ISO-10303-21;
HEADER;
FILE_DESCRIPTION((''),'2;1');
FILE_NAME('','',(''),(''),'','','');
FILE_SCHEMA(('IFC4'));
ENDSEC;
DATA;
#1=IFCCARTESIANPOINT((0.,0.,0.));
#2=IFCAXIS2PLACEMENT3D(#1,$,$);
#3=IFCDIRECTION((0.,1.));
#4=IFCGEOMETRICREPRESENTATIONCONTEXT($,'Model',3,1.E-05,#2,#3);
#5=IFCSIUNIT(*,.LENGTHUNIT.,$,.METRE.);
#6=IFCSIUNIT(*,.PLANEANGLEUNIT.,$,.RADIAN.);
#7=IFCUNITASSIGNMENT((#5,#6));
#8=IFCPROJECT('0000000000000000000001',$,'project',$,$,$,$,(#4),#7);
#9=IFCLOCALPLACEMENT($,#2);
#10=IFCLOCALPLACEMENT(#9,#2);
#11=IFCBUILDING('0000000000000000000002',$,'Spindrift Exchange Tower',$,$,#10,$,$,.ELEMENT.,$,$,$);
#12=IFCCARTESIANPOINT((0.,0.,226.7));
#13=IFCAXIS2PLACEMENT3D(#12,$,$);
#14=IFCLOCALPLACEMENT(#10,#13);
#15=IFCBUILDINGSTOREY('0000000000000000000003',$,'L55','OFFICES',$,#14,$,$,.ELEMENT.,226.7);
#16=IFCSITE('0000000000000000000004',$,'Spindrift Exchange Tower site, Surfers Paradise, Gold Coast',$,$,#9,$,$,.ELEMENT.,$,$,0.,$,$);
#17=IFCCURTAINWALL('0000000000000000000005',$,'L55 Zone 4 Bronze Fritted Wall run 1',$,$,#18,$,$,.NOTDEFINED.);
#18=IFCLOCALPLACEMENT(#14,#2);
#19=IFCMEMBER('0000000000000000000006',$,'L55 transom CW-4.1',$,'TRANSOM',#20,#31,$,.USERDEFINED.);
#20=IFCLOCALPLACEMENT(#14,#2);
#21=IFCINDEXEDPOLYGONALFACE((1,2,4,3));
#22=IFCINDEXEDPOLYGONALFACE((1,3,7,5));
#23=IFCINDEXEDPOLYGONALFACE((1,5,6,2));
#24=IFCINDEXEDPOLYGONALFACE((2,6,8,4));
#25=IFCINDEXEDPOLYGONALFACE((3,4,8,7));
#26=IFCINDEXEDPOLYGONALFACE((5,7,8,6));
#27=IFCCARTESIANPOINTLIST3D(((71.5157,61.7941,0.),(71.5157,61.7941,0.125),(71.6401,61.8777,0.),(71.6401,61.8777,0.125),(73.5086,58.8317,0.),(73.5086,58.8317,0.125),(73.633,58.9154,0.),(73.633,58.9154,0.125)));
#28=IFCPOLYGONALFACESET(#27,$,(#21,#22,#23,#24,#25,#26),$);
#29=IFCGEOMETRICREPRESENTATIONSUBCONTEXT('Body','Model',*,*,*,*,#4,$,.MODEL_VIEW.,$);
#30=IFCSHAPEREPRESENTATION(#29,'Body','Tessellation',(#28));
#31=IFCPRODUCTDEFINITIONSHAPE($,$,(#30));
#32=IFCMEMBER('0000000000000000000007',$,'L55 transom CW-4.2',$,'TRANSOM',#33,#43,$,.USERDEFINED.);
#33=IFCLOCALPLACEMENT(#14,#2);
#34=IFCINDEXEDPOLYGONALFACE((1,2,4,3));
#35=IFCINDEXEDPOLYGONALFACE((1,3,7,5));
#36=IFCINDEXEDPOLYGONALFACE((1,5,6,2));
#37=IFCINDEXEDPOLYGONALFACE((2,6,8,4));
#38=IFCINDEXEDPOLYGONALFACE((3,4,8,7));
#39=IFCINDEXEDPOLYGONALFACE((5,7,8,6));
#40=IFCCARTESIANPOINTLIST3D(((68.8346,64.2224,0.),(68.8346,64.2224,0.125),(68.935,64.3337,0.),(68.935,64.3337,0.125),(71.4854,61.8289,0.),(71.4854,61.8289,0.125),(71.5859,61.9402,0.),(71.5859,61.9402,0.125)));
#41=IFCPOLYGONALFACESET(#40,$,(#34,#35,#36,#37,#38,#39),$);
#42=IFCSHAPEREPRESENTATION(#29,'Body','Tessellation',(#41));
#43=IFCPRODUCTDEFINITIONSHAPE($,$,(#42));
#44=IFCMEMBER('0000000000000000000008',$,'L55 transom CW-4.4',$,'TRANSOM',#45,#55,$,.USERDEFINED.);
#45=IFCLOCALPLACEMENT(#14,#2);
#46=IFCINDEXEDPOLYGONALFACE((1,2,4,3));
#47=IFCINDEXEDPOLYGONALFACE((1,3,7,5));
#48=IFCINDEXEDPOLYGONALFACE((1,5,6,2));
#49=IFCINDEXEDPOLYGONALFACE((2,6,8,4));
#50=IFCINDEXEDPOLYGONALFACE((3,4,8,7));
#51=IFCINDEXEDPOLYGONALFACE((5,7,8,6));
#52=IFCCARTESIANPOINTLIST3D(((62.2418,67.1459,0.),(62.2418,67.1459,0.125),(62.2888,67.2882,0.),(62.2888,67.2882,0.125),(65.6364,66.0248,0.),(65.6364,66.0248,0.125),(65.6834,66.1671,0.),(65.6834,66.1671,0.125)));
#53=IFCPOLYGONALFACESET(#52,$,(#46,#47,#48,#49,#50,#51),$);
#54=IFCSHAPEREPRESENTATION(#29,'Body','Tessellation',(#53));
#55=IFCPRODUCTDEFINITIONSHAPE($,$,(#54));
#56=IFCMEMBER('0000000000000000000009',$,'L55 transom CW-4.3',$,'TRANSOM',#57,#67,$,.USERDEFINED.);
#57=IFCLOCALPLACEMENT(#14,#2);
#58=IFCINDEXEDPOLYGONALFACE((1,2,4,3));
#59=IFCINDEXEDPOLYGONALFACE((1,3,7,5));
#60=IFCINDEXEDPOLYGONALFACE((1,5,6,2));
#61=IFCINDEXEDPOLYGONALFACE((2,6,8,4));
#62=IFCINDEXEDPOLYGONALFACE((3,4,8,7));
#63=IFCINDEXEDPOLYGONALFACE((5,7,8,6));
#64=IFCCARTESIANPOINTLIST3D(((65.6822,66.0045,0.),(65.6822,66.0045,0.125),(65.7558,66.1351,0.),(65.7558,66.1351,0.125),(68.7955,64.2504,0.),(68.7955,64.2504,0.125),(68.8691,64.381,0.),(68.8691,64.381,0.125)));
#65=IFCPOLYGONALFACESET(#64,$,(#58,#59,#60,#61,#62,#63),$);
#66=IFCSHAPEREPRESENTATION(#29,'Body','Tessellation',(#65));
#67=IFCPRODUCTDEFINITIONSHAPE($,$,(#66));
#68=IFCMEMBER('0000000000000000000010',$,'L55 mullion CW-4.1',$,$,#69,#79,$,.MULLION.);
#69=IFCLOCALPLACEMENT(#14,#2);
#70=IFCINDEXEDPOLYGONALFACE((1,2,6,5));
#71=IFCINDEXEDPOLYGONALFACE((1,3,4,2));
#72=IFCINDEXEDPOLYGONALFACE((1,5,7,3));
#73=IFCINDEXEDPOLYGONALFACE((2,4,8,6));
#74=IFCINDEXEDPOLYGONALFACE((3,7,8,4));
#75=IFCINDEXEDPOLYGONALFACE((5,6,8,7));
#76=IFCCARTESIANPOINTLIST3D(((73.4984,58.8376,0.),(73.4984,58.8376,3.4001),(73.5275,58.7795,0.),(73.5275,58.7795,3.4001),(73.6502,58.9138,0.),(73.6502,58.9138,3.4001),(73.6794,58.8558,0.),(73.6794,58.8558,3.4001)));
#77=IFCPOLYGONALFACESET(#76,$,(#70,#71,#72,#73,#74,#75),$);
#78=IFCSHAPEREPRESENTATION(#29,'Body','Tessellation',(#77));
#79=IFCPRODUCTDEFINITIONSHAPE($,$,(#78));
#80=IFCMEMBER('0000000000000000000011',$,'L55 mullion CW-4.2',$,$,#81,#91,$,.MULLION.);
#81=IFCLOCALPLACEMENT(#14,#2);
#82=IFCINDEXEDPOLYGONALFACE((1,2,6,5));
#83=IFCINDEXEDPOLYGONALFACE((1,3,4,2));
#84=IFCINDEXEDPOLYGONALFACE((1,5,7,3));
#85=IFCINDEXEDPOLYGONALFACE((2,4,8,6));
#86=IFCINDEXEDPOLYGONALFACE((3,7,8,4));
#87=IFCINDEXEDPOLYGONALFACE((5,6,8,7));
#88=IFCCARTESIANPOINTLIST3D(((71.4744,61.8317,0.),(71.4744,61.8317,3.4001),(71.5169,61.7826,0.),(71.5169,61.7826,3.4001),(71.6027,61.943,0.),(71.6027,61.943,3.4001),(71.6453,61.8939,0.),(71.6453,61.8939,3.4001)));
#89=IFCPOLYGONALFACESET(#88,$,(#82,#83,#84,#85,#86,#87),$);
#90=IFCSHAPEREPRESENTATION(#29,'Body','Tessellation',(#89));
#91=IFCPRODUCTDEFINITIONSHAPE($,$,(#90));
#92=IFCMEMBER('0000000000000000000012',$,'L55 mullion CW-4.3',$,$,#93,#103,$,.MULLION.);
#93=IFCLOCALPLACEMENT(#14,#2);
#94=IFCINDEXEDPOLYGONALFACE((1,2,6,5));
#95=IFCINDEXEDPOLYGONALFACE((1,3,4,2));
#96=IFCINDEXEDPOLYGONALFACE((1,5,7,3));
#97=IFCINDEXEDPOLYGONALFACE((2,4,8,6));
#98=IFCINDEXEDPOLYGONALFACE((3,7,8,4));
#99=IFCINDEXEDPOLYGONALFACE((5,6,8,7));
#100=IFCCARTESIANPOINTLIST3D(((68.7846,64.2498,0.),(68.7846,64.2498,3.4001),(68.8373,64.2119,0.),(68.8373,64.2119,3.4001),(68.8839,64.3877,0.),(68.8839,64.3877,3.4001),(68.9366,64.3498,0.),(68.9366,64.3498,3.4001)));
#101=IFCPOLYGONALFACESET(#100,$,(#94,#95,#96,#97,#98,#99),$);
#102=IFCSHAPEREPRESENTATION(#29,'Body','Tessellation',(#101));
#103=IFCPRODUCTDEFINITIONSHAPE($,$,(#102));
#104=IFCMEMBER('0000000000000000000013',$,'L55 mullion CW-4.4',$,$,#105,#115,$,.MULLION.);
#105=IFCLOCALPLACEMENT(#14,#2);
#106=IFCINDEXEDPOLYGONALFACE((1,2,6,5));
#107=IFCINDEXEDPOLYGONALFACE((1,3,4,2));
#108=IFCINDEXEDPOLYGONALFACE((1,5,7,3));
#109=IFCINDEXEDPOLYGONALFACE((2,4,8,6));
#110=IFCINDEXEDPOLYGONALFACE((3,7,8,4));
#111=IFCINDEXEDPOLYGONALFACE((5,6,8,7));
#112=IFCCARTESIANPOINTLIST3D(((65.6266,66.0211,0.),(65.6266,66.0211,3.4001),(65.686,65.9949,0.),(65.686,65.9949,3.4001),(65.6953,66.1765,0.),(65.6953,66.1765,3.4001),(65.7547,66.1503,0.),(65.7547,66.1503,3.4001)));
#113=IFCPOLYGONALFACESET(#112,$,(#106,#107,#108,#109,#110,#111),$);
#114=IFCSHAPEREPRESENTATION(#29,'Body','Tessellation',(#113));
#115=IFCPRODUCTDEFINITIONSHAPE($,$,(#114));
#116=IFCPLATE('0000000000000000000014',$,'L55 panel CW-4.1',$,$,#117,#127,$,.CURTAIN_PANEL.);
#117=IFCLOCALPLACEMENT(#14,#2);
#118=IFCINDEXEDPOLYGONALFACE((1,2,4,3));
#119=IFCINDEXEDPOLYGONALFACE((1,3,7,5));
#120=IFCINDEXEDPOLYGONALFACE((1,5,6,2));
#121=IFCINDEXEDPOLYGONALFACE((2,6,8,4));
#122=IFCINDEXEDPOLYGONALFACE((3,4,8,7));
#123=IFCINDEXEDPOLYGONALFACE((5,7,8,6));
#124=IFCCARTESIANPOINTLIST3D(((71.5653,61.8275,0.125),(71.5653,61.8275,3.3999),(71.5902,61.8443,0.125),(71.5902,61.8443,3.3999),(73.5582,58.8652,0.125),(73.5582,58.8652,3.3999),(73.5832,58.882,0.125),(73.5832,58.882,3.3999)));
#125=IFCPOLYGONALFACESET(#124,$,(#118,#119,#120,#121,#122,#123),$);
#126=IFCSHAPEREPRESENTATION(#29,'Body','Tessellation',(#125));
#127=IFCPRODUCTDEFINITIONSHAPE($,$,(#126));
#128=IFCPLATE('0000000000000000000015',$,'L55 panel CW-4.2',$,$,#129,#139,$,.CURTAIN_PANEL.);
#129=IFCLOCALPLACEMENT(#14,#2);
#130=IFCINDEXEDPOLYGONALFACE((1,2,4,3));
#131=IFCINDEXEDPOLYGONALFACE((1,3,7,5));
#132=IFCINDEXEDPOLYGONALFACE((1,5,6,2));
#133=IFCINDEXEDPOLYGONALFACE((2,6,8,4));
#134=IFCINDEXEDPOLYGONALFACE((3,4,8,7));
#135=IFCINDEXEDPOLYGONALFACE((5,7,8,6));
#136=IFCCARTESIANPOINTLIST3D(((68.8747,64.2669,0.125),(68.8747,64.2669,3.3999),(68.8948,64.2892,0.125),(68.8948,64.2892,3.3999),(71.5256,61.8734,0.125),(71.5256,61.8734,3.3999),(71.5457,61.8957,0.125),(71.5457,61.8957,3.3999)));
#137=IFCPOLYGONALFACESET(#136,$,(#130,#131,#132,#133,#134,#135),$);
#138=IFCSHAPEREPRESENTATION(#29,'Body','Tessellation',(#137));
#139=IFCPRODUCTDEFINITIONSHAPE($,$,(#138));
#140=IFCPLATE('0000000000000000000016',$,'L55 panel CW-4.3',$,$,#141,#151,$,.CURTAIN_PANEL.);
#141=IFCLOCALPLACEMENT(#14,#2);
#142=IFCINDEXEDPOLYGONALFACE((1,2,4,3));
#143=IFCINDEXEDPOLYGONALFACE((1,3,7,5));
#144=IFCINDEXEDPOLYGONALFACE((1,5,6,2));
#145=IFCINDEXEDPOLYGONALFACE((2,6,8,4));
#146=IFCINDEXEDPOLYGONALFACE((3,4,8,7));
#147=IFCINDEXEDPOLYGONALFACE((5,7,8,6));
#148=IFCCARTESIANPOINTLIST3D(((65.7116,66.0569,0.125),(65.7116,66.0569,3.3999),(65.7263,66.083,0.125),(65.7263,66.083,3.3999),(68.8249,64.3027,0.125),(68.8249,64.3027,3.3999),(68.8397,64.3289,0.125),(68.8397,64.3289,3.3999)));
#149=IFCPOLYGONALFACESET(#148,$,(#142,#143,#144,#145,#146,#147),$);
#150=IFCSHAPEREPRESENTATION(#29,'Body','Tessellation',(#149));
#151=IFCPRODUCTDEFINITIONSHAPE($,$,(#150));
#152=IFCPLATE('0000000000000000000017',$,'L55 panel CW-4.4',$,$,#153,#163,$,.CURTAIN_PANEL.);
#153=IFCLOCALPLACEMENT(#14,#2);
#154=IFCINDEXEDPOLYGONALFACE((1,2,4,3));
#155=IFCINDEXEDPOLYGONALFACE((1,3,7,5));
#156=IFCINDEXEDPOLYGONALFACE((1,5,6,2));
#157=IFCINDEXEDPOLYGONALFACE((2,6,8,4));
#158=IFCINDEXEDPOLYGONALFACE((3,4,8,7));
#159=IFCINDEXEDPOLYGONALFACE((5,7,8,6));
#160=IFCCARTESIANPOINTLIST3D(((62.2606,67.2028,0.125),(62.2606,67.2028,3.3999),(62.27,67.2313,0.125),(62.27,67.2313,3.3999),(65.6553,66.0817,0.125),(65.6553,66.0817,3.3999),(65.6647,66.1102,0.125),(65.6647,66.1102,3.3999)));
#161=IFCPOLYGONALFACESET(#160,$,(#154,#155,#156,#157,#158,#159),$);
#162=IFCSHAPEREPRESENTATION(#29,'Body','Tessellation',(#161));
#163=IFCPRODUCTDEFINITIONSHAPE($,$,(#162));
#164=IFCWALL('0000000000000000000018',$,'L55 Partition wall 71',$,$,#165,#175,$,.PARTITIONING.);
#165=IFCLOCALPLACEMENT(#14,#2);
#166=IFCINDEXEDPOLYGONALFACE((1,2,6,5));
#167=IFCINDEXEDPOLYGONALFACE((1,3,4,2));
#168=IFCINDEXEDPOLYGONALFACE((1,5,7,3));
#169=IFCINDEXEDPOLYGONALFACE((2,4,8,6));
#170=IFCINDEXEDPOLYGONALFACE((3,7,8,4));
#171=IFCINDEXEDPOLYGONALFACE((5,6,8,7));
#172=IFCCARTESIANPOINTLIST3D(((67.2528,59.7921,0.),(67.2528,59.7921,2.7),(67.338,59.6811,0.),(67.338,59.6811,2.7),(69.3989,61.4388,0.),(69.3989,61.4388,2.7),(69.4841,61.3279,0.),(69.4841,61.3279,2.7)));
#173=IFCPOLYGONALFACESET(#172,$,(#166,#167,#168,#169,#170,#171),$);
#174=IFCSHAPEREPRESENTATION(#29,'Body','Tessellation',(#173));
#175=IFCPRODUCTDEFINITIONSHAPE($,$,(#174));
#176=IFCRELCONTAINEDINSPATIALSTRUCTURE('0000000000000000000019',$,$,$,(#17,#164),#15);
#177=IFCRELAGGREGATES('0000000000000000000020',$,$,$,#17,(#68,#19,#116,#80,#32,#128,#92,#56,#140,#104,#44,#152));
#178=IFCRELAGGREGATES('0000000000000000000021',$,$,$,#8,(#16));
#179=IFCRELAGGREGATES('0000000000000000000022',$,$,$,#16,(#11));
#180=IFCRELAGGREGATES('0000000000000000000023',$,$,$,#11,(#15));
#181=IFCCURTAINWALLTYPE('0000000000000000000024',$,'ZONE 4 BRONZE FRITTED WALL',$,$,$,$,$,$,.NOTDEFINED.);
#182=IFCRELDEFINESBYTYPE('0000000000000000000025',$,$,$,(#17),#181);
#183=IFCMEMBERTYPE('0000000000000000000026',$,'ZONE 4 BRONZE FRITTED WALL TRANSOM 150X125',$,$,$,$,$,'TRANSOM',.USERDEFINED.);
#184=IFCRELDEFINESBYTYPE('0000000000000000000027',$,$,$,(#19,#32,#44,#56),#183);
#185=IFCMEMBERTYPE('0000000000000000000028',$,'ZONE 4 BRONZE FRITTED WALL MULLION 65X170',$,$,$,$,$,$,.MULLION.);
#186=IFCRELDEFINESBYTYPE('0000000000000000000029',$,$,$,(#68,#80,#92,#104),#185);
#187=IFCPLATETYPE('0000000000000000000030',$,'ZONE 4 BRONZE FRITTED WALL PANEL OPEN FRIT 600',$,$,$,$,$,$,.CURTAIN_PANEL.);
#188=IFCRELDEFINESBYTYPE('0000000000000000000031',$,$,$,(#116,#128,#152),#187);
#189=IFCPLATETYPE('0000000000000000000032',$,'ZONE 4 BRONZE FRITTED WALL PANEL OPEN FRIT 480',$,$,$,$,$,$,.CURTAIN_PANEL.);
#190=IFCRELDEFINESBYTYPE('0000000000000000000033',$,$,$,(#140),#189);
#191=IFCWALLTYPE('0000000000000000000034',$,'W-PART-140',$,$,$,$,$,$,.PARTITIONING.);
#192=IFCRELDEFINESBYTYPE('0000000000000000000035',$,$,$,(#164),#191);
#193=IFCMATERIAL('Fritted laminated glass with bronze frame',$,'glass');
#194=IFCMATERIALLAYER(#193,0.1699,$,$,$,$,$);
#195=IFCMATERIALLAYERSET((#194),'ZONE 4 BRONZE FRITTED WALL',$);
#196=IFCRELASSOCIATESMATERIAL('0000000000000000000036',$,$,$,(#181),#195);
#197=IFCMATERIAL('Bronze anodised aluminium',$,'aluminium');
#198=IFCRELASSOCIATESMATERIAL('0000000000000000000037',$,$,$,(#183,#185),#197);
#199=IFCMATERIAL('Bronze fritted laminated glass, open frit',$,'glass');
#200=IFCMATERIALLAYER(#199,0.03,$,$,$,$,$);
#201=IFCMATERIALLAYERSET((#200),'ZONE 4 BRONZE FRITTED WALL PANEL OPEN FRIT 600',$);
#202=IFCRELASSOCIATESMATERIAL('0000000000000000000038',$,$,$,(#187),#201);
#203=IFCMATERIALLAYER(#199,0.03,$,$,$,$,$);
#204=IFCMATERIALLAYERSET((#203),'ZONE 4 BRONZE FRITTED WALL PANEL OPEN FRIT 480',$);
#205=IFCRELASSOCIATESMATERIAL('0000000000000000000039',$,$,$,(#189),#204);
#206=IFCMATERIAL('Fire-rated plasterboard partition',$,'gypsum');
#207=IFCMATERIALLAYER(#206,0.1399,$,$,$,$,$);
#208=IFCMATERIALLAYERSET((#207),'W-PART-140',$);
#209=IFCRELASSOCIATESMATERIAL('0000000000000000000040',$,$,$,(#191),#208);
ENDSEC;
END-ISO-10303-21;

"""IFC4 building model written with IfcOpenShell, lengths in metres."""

from ifc_helpers import new_model, si_unit, direction, frame, frame_2d, origin, origin_2d, place, context, subcontext, project, spatial, rectangle, extrude, source, transform, mapped, material, layer, layer_set, material_profile, profile_set, type_object, element, aggregate, save


model = new_model("IFC4")

# Units and contexts
model_context = context("Model", 3, precision=1e-05, world=origin(), true_north=direction((0.0, 1.0)))
body_context = subcontext(model_context, "Body", "Model", "MODEL_VIEW")
ifc_project = project(units=[si_unit("LENGTHUNIT", "METRE"), si_unit("PLANEANGLEUNIT", "RADIAN")], contexts=[model_context])

# Site, building, storey
site_placement = place(None, origin())
site = spatial("IfcSite", under=ifc_project, at=site_placement, Name="Spindrift Exchange Tower site, Surfers Paradise, Gold Coast", CompositionType="ELEMENT", RefElevation=0.0)
building_placement = place(site_placement, origin())
building = spatial("IfcBuilding", under=site, at=building_placement, Name="Spindrift Exchange Tower", CompositionType="ELEMENT")
storey_placement = place(building_placement, frame((0.0, 0.0, 226.7)))
storey = spatial("IfcBuildingStorey", under=building, at=storey_placement, Name="L55", Description="OFFICES", CompositionType="ELEMENT", Elevation=226.7)

# Curtain wall, members, plates
ifc_material_1 = material(Name="Fritted laminated glass with bronze frame", Category="glass")
ifc_layer_1 = layer(ifc_material_1, 0.1699)
ifc_layer_set_1 = layer_set([ifc_layer_1], Name="ZONE 4 BRONZE FRITTED WALL")
curtain_wall_type = type_object("IfcCurtainWallType", Name="ZONE 4 BRONZE FRITTED WALL", PredefinedType="NOTDEFINED", material=ifc_layer_set_1)
curtain_wall_placement = place(storey_placement, origin())
curtain_wall = element("IfcCurtainWall", 1, at=curtain_wall_placement, inside=storey, type_object=curtain_wall_type, Name="L55 Zone 4 Bronze Fritted Wall run 1", PredefinedType="NOTDEFINED")
ifc_material_2 = material(Name="Bronze anodised aluminium", Category="aluminium")
ifc_material_profile_1 = material_profile(ifc_material_2, rectangle(XDim=0.1499, YDim=0.125, at=origin_2d()), Name="ZONE 4 BRONZE FRITTED WALL TRANSOM 150X125")
ifc_profile_set_1 = profile_set([ifc_material_profile_1], Name="Bronze anodised aluminium")
member_type_1 = type_object("IfcMemberType", Name="ZONE 4 BRONZE FRITTED WALL TRANSOM 150X125", ElementType="TRANSOM", PredefinedType="USERDEFINED", material=ifc_profile_set_1)
shared_shape_1 = source(origin(), body_context, "Body", "SweptSolid", [
    extrude(rectangle(XDim=0.1499, YDim=0.125, at=origin_2d()), origin(), (0.0, 0.0, 1.0), 3.5703),
])
member_1_placement = place(storey_placement, frame((73.5708, 58.8735, 0.0625), z_axis=(-0.558183, 0.829718, 0.0), x_axis=(-0.829718, -0.558183, 0.0)))
member_1 = element("IfcMember", 2, at=member_1_placement, type_object=member_type_1, Name="L55 transom CW-4.1", ObjectType="TRANSOM", PredefinedType="USERDEFINED", context=body_context, shape_type="MappedRepresentation", body=[
    mapped(shared_shape_1, transform((0.0, 0.0, 0.0), scale=1.0)),
])
shared_shape_2 = source(origin(), body_context, "Body", "SweptSolid", [
    extrude(rectangle(XDim=0.1499, YDim=0.125, at=origin_2d()), origin(), (0.0, 0.0, 1.0), 3.5715),
])
member_2_placement = place(storey_placement, frame((71.5356, 61.8845, 0.0625), z_axis=(-0.742212, 0.670165, 0.0), x_axis=(-0.670165, -0.742212, 0.0)))
member_2 = element("IfcMember", 3, at=member_2_placement, type_object=member_type_1, Name="L55 transom CW-4.2", ObjectType="TRANSOM", PredefinedType="USERDEFINED", context=body_context, shape_type="MappedRepresentation", body=[
    mapped(shared_shape_2, transform((0.0, 0.0, 0.0), scale=1.0)),
])
shared_shape_3 = source(origin(), body_context, "Body", "SweptSolid", [
    extrude(rectangle(XDim=0.1499, YDim=0.125, at=origin_2d()), origin(), (0.0, 0.0, 1.0), 3.575),
])
member_3_placement = place(storey_placement, frame((65.6599, 66.0959, 0.0625), z_axis=(-0.949554, 0.313604, 0.0), x_axis=(-0.313604, -0.949554, 0.0)))
member_3 = element("IfcMember", 4, at=member_3_placement, type_object=member_type_1, Name="L55 transom CW-4.4", ObjectType="TRANSOM", PredefinedType="USERDEFINED", context=body_context, shape_type="MappedRepresentation", body=[
    mapped(shared_shape_3, transform((0.0, 0.0, 0.0), scale=1.0)),
])
shared_shape_4 = source(origin(), body_context, "Body", "SweptSolid", [
    extrude(rectangle(XDim=0.1499, YDim=0.125, at=origin_2d()), origin(), (0.0, 0.0, 1.0), 3.5735),
])
member_4_placement = place(storey_placement, frame((68.8323, 64.3157, 0.0625), z_axis=(-0.871225, 0.490884, 0.0), x_axis=(-0.490884, -0.871225, 0.0)))
member_4 = element("IfcMember", 5, at=member_4_placement, type_object=member_type_1, Name="L55 transom CW-4.3", ObjectType="TRANSOM", PredefinedType="USERDEFINED", context=body_context, shape_type="MappedRepresentation", body=[
    mapped(shared_shape_4, transform((0.0, 0.0, 0.0), scale=1.0)),
])
ifc_material_profile_2 = material_profile(ifc_material_2, rectangle(XDim=0.0649, YDim=0.1699, at=origin_2d()), Name="ZONE 4 BRONZE FRITTED WALL MULLION 65X170")
ifc_profile_set_2 = profile_set([ifc_material_profile_2], Name="Bronze anodised aluminium")
member_type_2 = type_object("IfcMemberType", Name="ZONE 4 BRONZE FRITTED WALL MULLION 65X170", PredefinedType="MULLION", material=ifc_profile_set_2)
shared_shape_5 = source(origin(), body_context, "Body", "SweptSolid", [
    extrude(rectangle(XDim=0.0649, YDim=0.1699, at=origin_2d()), origin(), (0.0, 0.0, 1.0), 3.4001),
])
member_5_placement = place(storey_placement, frame((73.5889, 58.8467, 0.0), z_axis=(0.0, 0.0, 1.0), x_axis=(-0.448931, 0.893566, 0.0)))
member_5 = element("IfcMember", 6, at=member_5_placement, type_object=member_type_2, Name="L55 mullion CW-4.1", PredefinedType="MULLION", context=body_context, shape_type="MappedRepresentation", body=[
    mapped(shared_shape_5, transform((0.0, 0.0, 0.0), scale=1.0)),
])
member_6_placement = place(storey_placement, frame((71.5598, 61.8628, 0.0), z_axis=(0.0, 0.0, 1.0), x_axis=(-0.655088, 0.755552, 0.0)))
member_6 = element("IfcMember", 7, at=member_6_placement, type_object=member_type_2, Name="L55 mullion CW-4.2", PredefinedType="MULLION", context=body_context, shape_type="MappedRepresentation", body=[
    mapped(shared_shape_5, transform((0.0, 0.0, 0.0), scale=1.0)),
])
member_7_placement = place(storey_placement, frame((68.8606, 64.2998, 0.0), z_axis=(0.0, 0.0, 1.0), x_axis=(-0.811693, 0.584084, 0.0)))
member_7 = element("IfcMember", 8, at=member_7_placement, type_object=member_type_2, Name="L55 mullion CW-4.3", PredefinedType="MULLION", context=body_context, shape_type="MappedRepresentation", body=[
    mapped(shared_shape_5, transform((0.0, 0.0, 0.0), scale=1.0)),
])
member_8_placement = place(storey_placement, frame((65.6907, 66.0857, 0.0), z_axis=(0.0, 0.0, 1.0), x_axis=(-0.914702, 0.404129, 0.0)))
member_8 = element("IfcMember", 9, at=member_8_placement, type_object=member_type_2, Name="L55 mullion CW-4.4", PredefinedType="MULLION", context=body_context, shape_type="MappedRepresentation", body=[
    mapped(shared_shape_5, transform((0.0, 0.0, 0.0), scale=1.0)),
])
ifc_material_3 = material(Name="Bronze fritted laminated glass, open frit", Category="glass")
ifc_layer_2 = layer(ifc_material_3, 0.03)
ifc_layer_set_2 = layer_set([ifc_layer_2], Name="ZONE 4 BRONZE FRITTED WALL PANEL OPEN FRIT 600")
plate_type_1 = type_object("IfcPlateType", Name="ZONE 4 BRONZE FRITTED WALL PANEL OPEN FRIT 600", PredefinedType="CURTAIN_PANEL", material=ifc_layer_set_2)
shared_shape_6 = source(origin(), body_context, "Body", "SweptSolid", [
    extrude(rectangle(XDim=3.5703, YDim=0.03, at=origin_2d()), origin(), (0.0, 0.0, 1.0), 3.2749),
])
plate_1_placement = place(storey_placement, frame((72.5742, 60.3547, 0.125), z_axis=(0.0, 0.0, 1.0), x_axis=(-0.5582, 0.829706, 0.0)))
plate_1 = element("IfcPlate", 10, at=plate_1_placement, type_object=plate_type_1, Name="L55 panel CW-4.1", PredefinedType="CURTAIN_PANEL", context=body_context, shape_type="MappedRepresentation", body=[
    mapped(shared_shape_6, transform((0.0, 0.0, 0.0), scale=1.0)),
])
shared_shape_7 = source(origin(), body_context, "Body", "SweptSolid", [
    extrude(rectangle(XDim=3.5715, YDim=0.03, at=origin_2d()), origin(), (0.0, 0.0, 1.0), 3.2749),
])
plate_2_placement = place(storey_placement, frame((70.2102, 63.0813, 0.125), z_axis=(0.0, 0.0, 1.0), x_axis=(-0.742225, 0.670151, 0.0)))
plate_2 = element("IfcPlate", 11, at=plate_2_placement, type_object=plate_type_1, Name="L55 panel CW-4.2", PredefinedType="CURTAIN_PANEL", context=body_context, shape_type="MappedRepresentation", body=[
    mapped(shared_shape_7, transform((0.0, 0.0, 0.0), scale=1.0)),
])
ifc_layer_3 = layer(ifc_material_3, 0.03)
ifc_layer_set_3 = layer_set([ifc_layer_3], Name="ZONE 4 BRONZE FRITTED WALL PANEL OPEN FRIT 480")
plate_type_2 = type_object("IfcPlateType", Name="ZONE 4 BRONZE FRITTED WALL PANEL OPEN FRIT 480", PredefinedType="CURTAIN_PANEL", material=ifc_layer_set_3)
shared_shape_8 = source(origin(), body_context, "Body", "SweptSolid", [
    extrude(rectangle(XDim=3.5735, YDim=0.03, at=origin_2d()), origin(), (0.0, 0.0, 1.0), 3.2749),
])
plate_3_placement = place(storey_placement, frame((67.2756, 65.1929, 0.125), z_axis=(0.0, 0.0, 1.0), x_axis=(-0.871231, 0.490873, 0.0)))
plate_3 = element("IfcPlate", 12, at=plate_3_placement, type_object=plate_type_2, Name="L55 panel CW-4.3", PredefinedType="CURTAIN_PANEL", context=body_context, shape_type="MappedRepresentation", body=[
    mapped(shared_shape_8, transform((0.0, 0.0, 0.0), scale=1.0)),
])
shared_shape_9 = source(origin(), body_context, "Body", "SweptSolid", [
    extrude(rectangle(XDim=3.575, YDim=0.03, at=origin_2d()), origin(), (0.0, 0.0, 1.0), 3.2749),
])
plate_4_placement = place(storey_placement, frame((63.9626, 66.6565, 0.125), z_axis=(0.0, 0.0, 1.0), x_axis=(-0.949561, 0.313581, 0.0)))
plate_4 = element("IfcPlate", 13, at=plate_4_placement, type_object=plate_type_1, Name="L55 panel CW-4.4", PredefinedType="CURTAIN_PANEL", context=body_context, shape_type="MappedRepresentation", body=[
    mapped(shared_shape_9, transform((0.0, 0.0, 0.0), scale=1.0)),
])
aggregate(curtain_wall, [member_5, member_1, plate_1, member_6, member_2, plate_2, member_7, member_4, plate_3, member_8, member_3, plate_4])

# Wall
ifc_material_4 = material(Name="Fire-rated plasterboard partition", Category="gypsum")
ifc_layer_4 = layer(ifc_material_4, 0.1399)
ifc_layer_set_4 = layer_set([ifc_layer_4], Name="W-PART-140")
wall_type = type_object("IfcWallType", Name="W-PART-140", PredefinedType="PARTITIONING", material=ifc_layer_set_4)
wall_1_placement = place(storey_placement, frame((67.2954, 59.7366, 0.0), z_axis=(0.0, 0.0, 1.0), x_axis=(0.793345, 0.608773, 0.0)))
element("IfcWall", 14, at=wall_1_placement, inside=storey, type_object=wall_type, Name="L55 Partition wall 71", PredefinedType="PARTITIONING", context=body_context, shape_type="SweptSolid", body=[
    extrude(rectangle(XDim=2.7051, YDim=0.1399, at=frame_2d((1.3525, 0.0))), origin(), (0.0, 0.0, 1.0), 2.7),
])

save(model, "model.ifc")
